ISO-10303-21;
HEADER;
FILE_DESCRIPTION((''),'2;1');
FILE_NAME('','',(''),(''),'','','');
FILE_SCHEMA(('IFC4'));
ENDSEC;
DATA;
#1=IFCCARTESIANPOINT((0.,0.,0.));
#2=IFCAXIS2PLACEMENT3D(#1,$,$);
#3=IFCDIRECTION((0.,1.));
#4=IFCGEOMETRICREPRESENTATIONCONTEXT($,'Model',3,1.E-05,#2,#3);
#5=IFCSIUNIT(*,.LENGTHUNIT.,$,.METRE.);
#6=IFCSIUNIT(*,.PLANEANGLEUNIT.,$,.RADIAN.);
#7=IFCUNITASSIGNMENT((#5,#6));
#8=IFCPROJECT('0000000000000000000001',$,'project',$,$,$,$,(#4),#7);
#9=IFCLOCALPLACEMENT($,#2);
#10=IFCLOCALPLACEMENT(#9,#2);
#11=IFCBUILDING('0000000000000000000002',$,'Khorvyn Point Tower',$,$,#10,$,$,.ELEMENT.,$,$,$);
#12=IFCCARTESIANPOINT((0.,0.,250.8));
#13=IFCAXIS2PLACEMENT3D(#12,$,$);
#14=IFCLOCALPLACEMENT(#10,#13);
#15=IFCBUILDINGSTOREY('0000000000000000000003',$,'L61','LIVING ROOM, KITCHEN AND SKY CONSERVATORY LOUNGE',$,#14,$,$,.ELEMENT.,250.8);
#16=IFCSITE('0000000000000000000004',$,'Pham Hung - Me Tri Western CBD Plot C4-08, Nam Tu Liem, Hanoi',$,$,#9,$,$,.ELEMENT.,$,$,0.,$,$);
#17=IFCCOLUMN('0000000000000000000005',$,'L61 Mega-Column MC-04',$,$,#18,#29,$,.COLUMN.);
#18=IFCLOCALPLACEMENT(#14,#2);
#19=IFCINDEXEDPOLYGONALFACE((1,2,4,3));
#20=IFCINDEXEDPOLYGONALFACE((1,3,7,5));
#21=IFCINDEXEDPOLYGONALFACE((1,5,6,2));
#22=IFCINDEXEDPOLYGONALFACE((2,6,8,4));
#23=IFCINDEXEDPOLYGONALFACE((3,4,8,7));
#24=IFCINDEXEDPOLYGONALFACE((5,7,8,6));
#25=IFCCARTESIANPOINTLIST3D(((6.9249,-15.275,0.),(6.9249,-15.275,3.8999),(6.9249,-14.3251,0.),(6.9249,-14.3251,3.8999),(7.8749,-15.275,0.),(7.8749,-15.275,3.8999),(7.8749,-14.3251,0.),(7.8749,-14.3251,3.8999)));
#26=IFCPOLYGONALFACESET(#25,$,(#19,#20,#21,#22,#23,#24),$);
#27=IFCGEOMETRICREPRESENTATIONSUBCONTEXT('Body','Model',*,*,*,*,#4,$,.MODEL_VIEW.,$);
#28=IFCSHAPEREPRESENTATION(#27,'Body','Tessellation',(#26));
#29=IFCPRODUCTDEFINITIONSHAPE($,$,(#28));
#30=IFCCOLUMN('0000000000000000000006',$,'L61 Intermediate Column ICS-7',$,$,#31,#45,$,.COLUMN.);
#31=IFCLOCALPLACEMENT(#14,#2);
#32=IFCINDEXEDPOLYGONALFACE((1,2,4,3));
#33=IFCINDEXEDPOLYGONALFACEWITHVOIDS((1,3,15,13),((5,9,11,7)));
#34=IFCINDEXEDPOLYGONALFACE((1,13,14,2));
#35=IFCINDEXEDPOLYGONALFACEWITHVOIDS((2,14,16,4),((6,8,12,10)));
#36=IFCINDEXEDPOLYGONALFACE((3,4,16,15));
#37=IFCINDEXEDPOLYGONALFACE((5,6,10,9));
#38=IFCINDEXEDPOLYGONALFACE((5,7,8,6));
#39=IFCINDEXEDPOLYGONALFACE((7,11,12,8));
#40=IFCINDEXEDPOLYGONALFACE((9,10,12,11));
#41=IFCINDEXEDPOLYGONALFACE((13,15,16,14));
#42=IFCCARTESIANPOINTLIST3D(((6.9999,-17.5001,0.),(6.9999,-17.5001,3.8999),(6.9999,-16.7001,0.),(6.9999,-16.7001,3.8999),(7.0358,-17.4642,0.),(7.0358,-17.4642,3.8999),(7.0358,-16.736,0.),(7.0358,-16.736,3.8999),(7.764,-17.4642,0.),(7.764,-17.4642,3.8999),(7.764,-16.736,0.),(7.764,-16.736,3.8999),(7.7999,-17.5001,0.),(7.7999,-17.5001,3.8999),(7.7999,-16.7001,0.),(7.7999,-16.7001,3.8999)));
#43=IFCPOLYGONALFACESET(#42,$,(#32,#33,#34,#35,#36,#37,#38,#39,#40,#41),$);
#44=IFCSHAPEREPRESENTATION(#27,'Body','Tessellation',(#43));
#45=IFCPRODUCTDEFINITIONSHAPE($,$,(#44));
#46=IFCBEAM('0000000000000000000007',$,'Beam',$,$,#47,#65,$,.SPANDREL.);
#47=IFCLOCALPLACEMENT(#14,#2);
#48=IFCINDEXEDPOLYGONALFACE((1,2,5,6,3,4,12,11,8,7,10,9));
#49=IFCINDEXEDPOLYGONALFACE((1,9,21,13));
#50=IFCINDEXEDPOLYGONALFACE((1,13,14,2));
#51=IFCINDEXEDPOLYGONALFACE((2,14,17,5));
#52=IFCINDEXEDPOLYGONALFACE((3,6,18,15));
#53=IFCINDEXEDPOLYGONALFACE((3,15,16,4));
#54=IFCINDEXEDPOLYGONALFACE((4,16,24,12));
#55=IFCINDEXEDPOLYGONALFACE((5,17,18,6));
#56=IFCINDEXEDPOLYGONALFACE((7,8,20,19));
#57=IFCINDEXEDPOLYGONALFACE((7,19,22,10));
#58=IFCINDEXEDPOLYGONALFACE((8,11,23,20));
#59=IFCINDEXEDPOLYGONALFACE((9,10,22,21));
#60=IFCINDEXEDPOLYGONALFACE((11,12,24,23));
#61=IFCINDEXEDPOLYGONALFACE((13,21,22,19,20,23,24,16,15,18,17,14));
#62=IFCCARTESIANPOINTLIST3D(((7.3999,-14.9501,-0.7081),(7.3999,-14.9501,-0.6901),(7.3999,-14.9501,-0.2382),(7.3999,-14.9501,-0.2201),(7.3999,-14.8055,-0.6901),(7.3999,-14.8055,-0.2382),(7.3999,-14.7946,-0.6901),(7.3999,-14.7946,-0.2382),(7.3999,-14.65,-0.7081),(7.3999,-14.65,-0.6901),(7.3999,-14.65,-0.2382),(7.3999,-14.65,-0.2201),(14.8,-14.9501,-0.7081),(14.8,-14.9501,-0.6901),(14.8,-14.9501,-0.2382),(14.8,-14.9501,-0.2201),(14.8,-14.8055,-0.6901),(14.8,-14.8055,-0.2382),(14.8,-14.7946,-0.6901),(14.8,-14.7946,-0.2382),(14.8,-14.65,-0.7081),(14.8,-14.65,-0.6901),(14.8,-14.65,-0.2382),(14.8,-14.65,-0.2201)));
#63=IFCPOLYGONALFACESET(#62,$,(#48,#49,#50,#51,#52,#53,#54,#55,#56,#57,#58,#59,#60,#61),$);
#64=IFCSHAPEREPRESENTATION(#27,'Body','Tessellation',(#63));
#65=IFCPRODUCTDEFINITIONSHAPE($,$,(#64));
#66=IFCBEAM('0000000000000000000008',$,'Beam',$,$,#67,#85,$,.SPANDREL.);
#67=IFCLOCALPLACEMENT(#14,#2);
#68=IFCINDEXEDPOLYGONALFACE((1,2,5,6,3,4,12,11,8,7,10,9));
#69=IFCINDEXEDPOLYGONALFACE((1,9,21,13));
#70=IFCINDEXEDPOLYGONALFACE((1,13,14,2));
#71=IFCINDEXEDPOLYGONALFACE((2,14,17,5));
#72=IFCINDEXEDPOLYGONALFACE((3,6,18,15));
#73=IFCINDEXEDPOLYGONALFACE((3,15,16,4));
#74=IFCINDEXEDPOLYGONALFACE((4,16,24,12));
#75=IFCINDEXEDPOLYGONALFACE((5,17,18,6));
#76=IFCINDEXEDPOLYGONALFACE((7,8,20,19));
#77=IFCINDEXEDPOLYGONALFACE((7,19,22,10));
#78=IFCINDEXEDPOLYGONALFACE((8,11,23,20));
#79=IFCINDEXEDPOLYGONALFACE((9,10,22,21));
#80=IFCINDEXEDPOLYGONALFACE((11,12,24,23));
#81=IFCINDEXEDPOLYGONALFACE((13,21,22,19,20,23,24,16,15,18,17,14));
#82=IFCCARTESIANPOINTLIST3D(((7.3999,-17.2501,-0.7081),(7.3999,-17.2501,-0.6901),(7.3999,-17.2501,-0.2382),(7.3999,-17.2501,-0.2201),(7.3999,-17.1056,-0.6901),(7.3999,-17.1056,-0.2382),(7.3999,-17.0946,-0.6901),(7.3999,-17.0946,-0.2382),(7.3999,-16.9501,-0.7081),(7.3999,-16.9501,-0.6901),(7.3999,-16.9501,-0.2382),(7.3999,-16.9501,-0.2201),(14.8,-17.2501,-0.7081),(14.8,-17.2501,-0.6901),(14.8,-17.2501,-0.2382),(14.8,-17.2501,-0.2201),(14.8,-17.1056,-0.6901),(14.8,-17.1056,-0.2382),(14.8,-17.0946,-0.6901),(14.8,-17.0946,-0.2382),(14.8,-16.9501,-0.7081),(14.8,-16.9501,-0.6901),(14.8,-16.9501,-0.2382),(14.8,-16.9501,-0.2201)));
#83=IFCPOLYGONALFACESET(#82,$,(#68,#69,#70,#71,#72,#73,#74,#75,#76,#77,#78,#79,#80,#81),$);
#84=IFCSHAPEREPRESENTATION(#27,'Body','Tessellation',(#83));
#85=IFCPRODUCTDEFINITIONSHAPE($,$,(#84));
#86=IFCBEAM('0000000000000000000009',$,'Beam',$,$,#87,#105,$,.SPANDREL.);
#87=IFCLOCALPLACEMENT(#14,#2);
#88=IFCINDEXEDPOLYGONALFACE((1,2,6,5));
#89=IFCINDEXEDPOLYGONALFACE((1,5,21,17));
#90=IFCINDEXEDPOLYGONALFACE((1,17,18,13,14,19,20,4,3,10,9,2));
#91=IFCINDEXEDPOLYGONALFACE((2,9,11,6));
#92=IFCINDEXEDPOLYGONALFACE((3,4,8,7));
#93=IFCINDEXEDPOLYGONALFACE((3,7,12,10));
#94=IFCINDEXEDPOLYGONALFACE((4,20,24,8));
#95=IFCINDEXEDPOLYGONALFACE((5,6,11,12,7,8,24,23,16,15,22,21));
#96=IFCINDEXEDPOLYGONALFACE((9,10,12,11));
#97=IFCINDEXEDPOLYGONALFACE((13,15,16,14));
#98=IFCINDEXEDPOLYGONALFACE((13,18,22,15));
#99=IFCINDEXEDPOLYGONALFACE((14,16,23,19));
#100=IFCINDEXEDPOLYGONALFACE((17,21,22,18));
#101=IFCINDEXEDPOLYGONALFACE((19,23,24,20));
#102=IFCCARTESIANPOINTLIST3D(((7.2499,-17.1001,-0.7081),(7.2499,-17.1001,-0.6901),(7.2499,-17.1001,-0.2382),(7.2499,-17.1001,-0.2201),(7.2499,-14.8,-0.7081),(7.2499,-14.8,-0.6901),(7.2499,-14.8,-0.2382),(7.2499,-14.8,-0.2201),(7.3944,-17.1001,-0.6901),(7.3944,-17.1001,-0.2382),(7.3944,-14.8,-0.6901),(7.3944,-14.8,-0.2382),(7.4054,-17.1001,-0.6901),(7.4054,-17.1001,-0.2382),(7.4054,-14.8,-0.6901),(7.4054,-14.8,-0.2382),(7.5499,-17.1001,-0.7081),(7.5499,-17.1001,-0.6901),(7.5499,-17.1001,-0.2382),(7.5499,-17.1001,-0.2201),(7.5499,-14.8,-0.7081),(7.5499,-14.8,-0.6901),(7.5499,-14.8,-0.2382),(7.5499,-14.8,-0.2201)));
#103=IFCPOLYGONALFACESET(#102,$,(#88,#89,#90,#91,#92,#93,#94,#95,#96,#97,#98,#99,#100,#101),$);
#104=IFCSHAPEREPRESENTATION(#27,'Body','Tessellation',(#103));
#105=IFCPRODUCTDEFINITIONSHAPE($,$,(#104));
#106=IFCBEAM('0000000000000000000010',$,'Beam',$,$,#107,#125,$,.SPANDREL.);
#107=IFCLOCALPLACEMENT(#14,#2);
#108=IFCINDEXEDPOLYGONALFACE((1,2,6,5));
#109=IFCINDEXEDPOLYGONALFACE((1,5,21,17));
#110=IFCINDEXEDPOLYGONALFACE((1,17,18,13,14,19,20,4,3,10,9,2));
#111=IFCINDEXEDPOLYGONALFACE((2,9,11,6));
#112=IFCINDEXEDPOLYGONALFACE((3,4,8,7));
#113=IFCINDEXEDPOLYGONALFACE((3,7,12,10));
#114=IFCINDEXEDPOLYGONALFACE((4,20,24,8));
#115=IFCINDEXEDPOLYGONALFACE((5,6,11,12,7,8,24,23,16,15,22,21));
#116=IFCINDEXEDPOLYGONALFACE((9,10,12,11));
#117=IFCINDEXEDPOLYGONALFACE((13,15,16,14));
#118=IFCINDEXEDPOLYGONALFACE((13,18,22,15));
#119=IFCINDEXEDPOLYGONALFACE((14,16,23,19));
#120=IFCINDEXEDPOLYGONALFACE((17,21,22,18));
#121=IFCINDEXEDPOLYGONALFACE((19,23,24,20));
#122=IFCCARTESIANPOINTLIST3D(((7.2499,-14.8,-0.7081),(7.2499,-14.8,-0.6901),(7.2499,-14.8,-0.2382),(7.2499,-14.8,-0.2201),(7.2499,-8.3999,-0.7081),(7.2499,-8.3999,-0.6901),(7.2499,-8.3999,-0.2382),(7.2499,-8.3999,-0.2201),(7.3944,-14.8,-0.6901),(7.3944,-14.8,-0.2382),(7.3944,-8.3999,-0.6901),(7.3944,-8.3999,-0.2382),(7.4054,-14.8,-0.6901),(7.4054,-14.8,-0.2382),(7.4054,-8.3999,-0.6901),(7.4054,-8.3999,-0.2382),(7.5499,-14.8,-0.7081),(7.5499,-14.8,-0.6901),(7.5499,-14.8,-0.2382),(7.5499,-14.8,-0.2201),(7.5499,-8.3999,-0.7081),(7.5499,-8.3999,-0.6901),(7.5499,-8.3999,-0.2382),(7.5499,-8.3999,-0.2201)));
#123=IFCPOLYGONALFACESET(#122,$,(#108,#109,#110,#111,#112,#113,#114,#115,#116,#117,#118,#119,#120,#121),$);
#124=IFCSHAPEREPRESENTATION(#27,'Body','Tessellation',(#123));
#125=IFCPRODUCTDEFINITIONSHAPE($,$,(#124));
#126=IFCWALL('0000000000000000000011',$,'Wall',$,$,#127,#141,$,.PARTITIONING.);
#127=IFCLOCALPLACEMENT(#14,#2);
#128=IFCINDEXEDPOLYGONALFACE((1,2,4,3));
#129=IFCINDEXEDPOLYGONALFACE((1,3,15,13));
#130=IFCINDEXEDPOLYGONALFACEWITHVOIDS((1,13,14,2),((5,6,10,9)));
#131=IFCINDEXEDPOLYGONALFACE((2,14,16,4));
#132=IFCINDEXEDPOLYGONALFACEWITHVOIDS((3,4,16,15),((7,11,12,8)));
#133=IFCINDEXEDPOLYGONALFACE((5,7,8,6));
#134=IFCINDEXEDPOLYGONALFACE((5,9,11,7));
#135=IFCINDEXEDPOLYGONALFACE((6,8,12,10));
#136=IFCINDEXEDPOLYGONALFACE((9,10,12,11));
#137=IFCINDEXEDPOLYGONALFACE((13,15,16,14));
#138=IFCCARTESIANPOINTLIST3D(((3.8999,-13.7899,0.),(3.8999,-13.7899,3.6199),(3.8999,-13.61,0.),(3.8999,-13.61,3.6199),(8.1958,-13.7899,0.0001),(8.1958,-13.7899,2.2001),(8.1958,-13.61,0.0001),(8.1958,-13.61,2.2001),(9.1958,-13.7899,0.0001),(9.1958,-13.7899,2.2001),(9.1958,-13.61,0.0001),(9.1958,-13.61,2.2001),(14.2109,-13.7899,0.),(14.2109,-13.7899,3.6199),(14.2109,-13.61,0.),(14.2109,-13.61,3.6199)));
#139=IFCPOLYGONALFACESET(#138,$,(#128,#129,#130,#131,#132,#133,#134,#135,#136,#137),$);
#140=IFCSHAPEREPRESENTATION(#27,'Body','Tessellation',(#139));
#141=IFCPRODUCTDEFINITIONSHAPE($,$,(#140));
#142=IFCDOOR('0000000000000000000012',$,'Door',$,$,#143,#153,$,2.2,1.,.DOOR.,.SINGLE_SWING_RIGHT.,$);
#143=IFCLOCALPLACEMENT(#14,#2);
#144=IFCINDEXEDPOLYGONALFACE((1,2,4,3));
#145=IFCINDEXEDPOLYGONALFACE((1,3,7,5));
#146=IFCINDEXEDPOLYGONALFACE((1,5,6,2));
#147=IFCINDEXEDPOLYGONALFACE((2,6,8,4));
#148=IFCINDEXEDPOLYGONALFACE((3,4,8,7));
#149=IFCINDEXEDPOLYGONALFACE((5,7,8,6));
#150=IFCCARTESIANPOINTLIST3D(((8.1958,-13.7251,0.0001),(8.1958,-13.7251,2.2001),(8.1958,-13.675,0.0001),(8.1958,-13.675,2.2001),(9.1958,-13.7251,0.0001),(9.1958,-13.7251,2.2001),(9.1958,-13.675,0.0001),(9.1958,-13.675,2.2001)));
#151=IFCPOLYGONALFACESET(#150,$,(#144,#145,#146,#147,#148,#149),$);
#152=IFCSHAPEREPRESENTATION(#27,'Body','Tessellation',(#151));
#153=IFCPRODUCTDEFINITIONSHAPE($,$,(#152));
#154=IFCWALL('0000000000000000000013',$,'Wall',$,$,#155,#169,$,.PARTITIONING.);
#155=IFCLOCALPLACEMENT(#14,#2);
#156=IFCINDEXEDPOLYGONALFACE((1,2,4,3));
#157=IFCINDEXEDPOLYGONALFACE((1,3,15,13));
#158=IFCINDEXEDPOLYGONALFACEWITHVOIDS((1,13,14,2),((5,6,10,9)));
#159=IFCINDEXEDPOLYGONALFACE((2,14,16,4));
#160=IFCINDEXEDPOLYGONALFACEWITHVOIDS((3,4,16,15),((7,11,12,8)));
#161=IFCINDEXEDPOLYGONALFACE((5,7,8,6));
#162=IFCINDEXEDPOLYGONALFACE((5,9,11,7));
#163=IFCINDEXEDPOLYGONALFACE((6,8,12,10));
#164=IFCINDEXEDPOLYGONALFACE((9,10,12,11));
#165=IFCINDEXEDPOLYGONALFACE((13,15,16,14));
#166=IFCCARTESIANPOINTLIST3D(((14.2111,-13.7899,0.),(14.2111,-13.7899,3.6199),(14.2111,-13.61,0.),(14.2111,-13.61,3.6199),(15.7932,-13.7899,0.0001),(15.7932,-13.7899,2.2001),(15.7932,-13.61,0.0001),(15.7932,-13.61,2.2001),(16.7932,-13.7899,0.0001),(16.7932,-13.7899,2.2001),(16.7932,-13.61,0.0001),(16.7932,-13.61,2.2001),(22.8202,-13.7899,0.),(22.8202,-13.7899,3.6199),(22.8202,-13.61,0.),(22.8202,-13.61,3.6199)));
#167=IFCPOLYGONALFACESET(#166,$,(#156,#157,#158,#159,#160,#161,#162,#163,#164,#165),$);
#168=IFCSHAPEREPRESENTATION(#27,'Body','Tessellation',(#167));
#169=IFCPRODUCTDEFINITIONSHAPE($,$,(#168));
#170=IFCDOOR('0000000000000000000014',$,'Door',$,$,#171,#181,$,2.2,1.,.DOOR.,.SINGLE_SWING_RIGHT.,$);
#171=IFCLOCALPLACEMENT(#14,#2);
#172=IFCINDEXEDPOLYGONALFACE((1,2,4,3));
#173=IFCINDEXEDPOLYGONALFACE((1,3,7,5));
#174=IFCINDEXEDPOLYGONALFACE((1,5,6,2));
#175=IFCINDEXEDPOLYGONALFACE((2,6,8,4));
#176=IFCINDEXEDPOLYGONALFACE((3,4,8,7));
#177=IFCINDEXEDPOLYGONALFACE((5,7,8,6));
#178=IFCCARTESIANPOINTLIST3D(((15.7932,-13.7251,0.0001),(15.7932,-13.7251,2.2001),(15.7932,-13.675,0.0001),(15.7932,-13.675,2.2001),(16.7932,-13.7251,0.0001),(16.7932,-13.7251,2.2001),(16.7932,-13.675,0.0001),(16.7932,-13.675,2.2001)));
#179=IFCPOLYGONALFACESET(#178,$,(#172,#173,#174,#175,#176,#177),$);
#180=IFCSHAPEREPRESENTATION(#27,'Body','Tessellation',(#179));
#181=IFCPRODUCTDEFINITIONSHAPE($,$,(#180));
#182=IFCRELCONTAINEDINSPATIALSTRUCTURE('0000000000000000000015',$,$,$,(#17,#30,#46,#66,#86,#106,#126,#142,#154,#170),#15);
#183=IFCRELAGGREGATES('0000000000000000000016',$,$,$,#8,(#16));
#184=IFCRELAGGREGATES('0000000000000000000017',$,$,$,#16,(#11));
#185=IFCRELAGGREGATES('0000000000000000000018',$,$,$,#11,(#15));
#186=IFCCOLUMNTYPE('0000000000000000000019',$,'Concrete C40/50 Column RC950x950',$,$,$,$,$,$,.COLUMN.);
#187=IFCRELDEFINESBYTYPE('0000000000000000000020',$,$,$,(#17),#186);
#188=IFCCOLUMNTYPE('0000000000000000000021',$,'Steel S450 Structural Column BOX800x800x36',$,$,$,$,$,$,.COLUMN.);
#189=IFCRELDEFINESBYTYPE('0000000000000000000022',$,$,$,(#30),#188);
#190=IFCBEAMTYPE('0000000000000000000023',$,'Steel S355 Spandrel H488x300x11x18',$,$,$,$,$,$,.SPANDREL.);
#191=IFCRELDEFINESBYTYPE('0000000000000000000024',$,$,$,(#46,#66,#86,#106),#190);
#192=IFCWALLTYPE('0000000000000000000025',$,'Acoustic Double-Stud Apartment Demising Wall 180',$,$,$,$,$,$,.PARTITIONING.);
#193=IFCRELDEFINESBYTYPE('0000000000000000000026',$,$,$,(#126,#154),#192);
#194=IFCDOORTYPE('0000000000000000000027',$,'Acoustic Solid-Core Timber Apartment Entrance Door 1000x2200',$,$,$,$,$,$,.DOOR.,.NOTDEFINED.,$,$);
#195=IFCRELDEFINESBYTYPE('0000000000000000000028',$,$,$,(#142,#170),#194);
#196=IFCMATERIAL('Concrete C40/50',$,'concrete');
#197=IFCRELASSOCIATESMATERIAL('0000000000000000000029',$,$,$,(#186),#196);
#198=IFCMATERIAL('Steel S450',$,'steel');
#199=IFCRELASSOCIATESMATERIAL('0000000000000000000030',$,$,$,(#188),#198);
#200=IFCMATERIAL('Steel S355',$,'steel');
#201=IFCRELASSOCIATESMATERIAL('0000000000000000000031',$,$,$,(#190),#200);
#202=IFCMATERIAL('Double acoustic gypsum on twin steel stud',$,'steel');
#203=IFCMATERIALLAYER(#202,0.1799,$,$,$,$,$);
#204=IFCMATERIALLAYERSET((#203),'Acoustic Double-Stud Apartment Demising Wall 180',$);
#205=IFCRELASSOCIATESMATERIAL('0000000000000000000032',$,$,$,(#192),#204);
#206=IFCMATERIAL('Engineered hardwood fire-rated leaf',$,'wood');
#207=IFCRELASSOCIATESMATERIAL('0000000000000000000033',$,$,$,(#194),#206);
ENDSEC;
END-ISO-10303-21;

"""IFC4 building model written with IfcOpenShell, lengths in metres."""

from ifc_helpers import new_model, si_unit, direction, frame, frame_2d, origin, origin_2d, place, context, subcontext, project, spatial, rectangle, hollow_rectangle, i_section, extrude, material, layer, layer_set, material_profile, profile_set, type_object, element, fill, save


model = new_model("IFC4")

# Units and contexts
model_context = context("Model", 3, precision=1e-05, world=origin(), true_north=direction((0.0, 1.0)))
body_context = subcontext(model_context, "Body", "Model", "MODEL_VIEW")
ifc_project = project(units=[si_unit("LENGTHUNIT", "METRE"), si_unit("PLANEANGLEUNIT", "RADIAN")], contexts=[model_context])

# Site, building, storey
site_placement = place(None, origin())
site = spatial("IfcSite", under=ifc_project, at=site_placement, Name="Pham Hung - Me Tri Western CBD Plot C4-08, Nam Tu Liem, Hanoi", CompositionType="ELEMENT", RefElevation=0.0)
building_placement = place(site_placement, origin())
building = spatial("IfcBuilding", under=site, at=building_placement, Name="Khorvyn Point Tower", CompositionType="ELEMENT")
storey_placement = place(building_placement, frame((0.0, 0.0, 250.8)))
storey = spatial("IfcBuildingStorey", under=building, at=storey_placement, Name="L61", Description="LIVING ROOM, KITCHEN AND SKY CONSERVATORY LOUNGE", CompositionType="ELEMENT", Elevation=250.8)

# Columns
ifc_material_1 = material(Name="Concrete C40/50", Category="concrete")
ifc_material_profile_1 = material_profile(ifc_material_1, rectangle(XDim=0.95, YDim=0.95, at=origin_2d()))
ifc_profile_set_1 = profile_set([ifc_material_profile_1], Name="Concrete C40/50 RC950x950")
column_type_1 = type_object("IfcColumnType", Name="Concrete C40/50 Column RC950x950", PredefinedType="COLUMN", material=ifc_profile_set_1)
column_1_placement = place(storey_placement, frame((7.3999, -14.8, 0.0), z_axis=(0.0, 0.0, 1.0), x_axis=(1.0, 0.0, 0.0)))
element("IfcColumn", 1, at=column_1_placement, inside=storey, type_object=column_type_1, Name="L61 Mega-Column MC-04", PredefinedType="COLUMN", context=body_context, shape_type="SweptSolid", body=[
    extrude(rectangle(XDim=0.95, YDim=0.95, at=origin_2d()), origin(), (0.0, 0.0, 1.0), 3.8999),
])
ifc_material_2 = material(Name="Steel S450", Category="steel")
ifc_material_profile_2 = material_profile(ifc_material_2, hollow_rectangle(XDim=0.8, YDim=0.8, WallThickness=0.0359, at=origin_2d()))
ifc_profile_set_2 = profile_set([ifc_material_profile_2], Name="Steel S450 BOX800x800x36")
column_type_2 = type_object("IfcColumnType", Name="Steel S450 Structural Column BOX800x800x36", PredefinedType="COLUMN", material=ifc_profile_set_2)
column_2_placement = place(storey_placement, frame((7.3999, -17.1001, 0.0), z_axis=(0.0, 0.0, 1.0), x_axis=(1.0, 0.0, 0.0)))
element("IfcColumn", 2, at=column_2_placement, inside=storey, type_object=column_type_2, Name="L61 Intermediate Column ICS-7", PredefinedType="COLUMN", context=body_context, shape_type="SweptSolid", body=[
    extrude(hollow_rectangle(XDim=0.8, YDim=0.8, WallThickness=0.0359, at=origin_2d()), origin(), (0.0, 0.0, 1.0), 3.8999),
])

# Beams
ifc_material_3 = material(Name="Steel S355", Category="steel")
ifc_material_profile_3 = material_profile(ifc_material_3, i_section(OverallWidth=0.3, OverallDepth=0.488, WebThickness=0.011, FlangeThickness=0.0181, at=origin_2d()))
ifc_profile_set_3 = profile_set([ifc_material_profile_3], Name="Steel S355 H488x300x11x18")
beam_type = type_object("IfcBeamType", Name="Steel S355 Spandrel H488x300x11x18", PredefinedType="SPANDREL", material=ifc_profile_set_3)
for number, where, z_axis, x_axis, name in (
    (3, (7.3999, -14.8, -0.4641), (1.0, 0.0, 0.0), (0.0, 1.0, 0.0), "Beam"),
    (4, (7.3999, -17.1001, -0.4641), (1.0, 0.0, 0.0), (0.0, 1.0, 0.0), "Beam"),
):
    element("IfcBeam", number, at=place(storey_placement, frame(where, z_axis=z_axis, x_axis=x_axis)), inside=storey, type_object=beam_type, Name=name, PredefinedType="SPANDREL", context=body_context, shape_type="SweptSolid", body=[
        extrude(i_section(OverallWidth=0.3, OverallDepth=0.488, WebThickness=0.011, FlangeThickness=0.0181, at=origin_2d()), origin(), (0.0, 0.0, 1.0), 7.4001),
    ])
beam_1_placement = place(storey_placement, frame((7.3999, -17.1001, -0.4641), z_axis=(0.0, 1.0, 0.0), x_axis=(-1.0, 0.0, 0.0)))
element("IfcBeam", 5, at=beam_1_placement, inside=storey, type_object=beam_type, Name="Beam", PredefinedType="SPANDREL", context=body_context, shape_type="SweptSolid", body=[
    extrude(i_section(OverallWidth=0.3, OverallDepth=0.488, WebThickness=0.011, FlangeThickness=0.0181, at=origin_2d()), origin(), (0.0, 0.0, 1.0), 2.3),
])
beam_2_placement = place(storey_placement, frame((7.3999, -14.8, -0.4641), z_axis=(0.0, 1.0, 0.0), x_axis=(-1.0, 0.0, 0.0)))
element("IfcBeam", 6, at=beam_2_placement, inside=storey, type_object=beam_type, Name="Beam", PredefinedType="SPANDREL", context=body_context, shape_type="SweptSolid", body=[
    extrude(i_section(OverallWidth=0.3, OverallDepth=0.488, WebThickness=0.011, FlangeThickness=0.0181, at=origin_2d()), origin(), (0.0, 0.0, 1.0), 6.4001),
])

# Walls, openings, doors
ifc_material_4 = material(Name="Double acoustic gypsum on twin steel stud", Category="steel")
ifc_layer_1 = layer(ifc_material_4, 0.1799)
ifc_layer_set_1 = layer_set([ifc_layer_1], Name="Acoustic Double-Stud Apartment Demising Wall 180")
wall_type_1 = type_object("IfcWallType", Name="Acoustic Double-Stud Apartment Demising Wall 180", PredefinedType="PARTITIONING", material=ifc_layer_set_1)
wall_1_placement = place(storey_placement, frame((3.8999, -13.7, 0.0), z_axis=(0.0, 0.0, 1.0), x_axis=(1.0, 0.0, 0.0)))
wall_1 = element("IfcWall", 7, at=wall_1_placement, inside=storey, type_object=wall_type_1, Name="Wall", PredefinedType="PARTITIONING", context=body_context, shape_type="SweptSolid", body=[
    extrude(rectangle(XDim=10.311, YDim=0.1799, at=frame_2d((5.1555, 0.0))), origin(), (0.0, 0.0, 1.0), 3.6199),
])
opening_1_placement = place(wall_1_placement, frame((4.2959, 0.0, 0.0)))
opening_1 = element("IfcOpeningElement", 8, at=opening_1_placement, cuts=wall_1, PredefinedType="OPENING", context=body_context, shape_type="SweptSolid", body=[
    extrude(rectangle(XDim=1.0, YDim=2.2, at=frame_2d((0.5, 1.1001))), frame((0.0, 0.0999, 0.0), z_axis=(0.0, -1.0, 0.0), x_axis=(1.0, 0.0, 0.0)), (0.0, 0.0, 1.0), 0.2),
])
ifc_material_5 = material(Name="Engineered hardwood fire-rated leaf", Category="wood")
door_type_1 = type_object("IfcDoorType", Name="Acoustic Solid-Core Timber Apartment Entrance Door 1000x2200", OperationType="NOTDEFINED", PredefinedType="DOOR", material=ifc_material_5)
door_1_placement = place(opening_1_placement, origin())
door_1 = element("IfcDoor", 9, at=door_1_placement, inside=storey, type_object=door_type_1, Name="Door", OperationType="SINGLE_SWING_RIGHT", OverallHeight=2.2, OverallWidth=1.0, PredefinedType="DOOR", context=body_context, shape_type="SweptSolid", body=[
    extrude(rectangle(XDim=1.0, YDim=2.2, at=frame_2d((0.5, 1.1001))), frame((0.0, 0.0249, 0.0), z_axis=(0.0, -1.0, 0.0), x_axis=(1.0, 0.0, 0.0)), (0.0, 0.0, 1.0), 0.05),
])
fill(opening_1, door_1)
wall_2_placement = place(storey_placement, frame((14.2109, -13.7, 0.0), z_axis=(0.0, 0.0, 1.0), x_axis=(1.0, 0.0, 0.0)))
wall_2 = element("IfcWall", 10, at=wall_2_placement, inside=storey, type_object=wall_type_1, Name="Wall", PredefinedType="PARTITIONING", context=body_context, shape_type="SweptSolid", body=[
    extrude(rectangle(XDim=8.6091, YDim=0.1799, at=frame_2d((4.3047, 0.0))), origin(), (0.0, 0.0, 1.0), 3.6199),
])
opening_2_placement = place(wall_2_placement, frame((1.5823, 0.0, 0.0)))
opening_2 = element("IfcOpeningElement", 11, at=opening_2_placement, cuts=wall_2, PredefinedType="OPENING", context=body_context, shape_type="SweptSolid", body=[
    extrude(rectangle(XDim=1.0, YDim=2.2, at=frame_2d((0.5, 1.1001))), frame((0.0, 0.0999, 0.0), z_axis=(0.0, -1.0, 0.0), x_axis=(1.0, 0.0, 0.0)), (0.0, 0.0, 1.0), 0.2),
])
door_2_placement = place(opening_2_placement, origin())
door_2 = element("IfcDoor", 12, at=door_2_placement, inside=storey, type_object=door_type_1, Name="Door", OperationType="SINGLE_SWING_RIGHT", OverallHeight=2.2, OverallWidth=1.0, PredefinedType="DOOR", context=body_context, shape_type="SweptSolid", body=[
    extrude(rectangle(XDim=1.0, YDim=2.2, at=frame_2d((0.5, 1.1001))), frame((0.0, 0.0249, 0.0), z_axis=(0.0, -1.0, 0.0), x_axis=(1.0, 0.0, 0.0)), (0.0, 0.0, 1.0), 0.05),
])
fill(opening_2, door_2)

save(model, "model.ifc")
